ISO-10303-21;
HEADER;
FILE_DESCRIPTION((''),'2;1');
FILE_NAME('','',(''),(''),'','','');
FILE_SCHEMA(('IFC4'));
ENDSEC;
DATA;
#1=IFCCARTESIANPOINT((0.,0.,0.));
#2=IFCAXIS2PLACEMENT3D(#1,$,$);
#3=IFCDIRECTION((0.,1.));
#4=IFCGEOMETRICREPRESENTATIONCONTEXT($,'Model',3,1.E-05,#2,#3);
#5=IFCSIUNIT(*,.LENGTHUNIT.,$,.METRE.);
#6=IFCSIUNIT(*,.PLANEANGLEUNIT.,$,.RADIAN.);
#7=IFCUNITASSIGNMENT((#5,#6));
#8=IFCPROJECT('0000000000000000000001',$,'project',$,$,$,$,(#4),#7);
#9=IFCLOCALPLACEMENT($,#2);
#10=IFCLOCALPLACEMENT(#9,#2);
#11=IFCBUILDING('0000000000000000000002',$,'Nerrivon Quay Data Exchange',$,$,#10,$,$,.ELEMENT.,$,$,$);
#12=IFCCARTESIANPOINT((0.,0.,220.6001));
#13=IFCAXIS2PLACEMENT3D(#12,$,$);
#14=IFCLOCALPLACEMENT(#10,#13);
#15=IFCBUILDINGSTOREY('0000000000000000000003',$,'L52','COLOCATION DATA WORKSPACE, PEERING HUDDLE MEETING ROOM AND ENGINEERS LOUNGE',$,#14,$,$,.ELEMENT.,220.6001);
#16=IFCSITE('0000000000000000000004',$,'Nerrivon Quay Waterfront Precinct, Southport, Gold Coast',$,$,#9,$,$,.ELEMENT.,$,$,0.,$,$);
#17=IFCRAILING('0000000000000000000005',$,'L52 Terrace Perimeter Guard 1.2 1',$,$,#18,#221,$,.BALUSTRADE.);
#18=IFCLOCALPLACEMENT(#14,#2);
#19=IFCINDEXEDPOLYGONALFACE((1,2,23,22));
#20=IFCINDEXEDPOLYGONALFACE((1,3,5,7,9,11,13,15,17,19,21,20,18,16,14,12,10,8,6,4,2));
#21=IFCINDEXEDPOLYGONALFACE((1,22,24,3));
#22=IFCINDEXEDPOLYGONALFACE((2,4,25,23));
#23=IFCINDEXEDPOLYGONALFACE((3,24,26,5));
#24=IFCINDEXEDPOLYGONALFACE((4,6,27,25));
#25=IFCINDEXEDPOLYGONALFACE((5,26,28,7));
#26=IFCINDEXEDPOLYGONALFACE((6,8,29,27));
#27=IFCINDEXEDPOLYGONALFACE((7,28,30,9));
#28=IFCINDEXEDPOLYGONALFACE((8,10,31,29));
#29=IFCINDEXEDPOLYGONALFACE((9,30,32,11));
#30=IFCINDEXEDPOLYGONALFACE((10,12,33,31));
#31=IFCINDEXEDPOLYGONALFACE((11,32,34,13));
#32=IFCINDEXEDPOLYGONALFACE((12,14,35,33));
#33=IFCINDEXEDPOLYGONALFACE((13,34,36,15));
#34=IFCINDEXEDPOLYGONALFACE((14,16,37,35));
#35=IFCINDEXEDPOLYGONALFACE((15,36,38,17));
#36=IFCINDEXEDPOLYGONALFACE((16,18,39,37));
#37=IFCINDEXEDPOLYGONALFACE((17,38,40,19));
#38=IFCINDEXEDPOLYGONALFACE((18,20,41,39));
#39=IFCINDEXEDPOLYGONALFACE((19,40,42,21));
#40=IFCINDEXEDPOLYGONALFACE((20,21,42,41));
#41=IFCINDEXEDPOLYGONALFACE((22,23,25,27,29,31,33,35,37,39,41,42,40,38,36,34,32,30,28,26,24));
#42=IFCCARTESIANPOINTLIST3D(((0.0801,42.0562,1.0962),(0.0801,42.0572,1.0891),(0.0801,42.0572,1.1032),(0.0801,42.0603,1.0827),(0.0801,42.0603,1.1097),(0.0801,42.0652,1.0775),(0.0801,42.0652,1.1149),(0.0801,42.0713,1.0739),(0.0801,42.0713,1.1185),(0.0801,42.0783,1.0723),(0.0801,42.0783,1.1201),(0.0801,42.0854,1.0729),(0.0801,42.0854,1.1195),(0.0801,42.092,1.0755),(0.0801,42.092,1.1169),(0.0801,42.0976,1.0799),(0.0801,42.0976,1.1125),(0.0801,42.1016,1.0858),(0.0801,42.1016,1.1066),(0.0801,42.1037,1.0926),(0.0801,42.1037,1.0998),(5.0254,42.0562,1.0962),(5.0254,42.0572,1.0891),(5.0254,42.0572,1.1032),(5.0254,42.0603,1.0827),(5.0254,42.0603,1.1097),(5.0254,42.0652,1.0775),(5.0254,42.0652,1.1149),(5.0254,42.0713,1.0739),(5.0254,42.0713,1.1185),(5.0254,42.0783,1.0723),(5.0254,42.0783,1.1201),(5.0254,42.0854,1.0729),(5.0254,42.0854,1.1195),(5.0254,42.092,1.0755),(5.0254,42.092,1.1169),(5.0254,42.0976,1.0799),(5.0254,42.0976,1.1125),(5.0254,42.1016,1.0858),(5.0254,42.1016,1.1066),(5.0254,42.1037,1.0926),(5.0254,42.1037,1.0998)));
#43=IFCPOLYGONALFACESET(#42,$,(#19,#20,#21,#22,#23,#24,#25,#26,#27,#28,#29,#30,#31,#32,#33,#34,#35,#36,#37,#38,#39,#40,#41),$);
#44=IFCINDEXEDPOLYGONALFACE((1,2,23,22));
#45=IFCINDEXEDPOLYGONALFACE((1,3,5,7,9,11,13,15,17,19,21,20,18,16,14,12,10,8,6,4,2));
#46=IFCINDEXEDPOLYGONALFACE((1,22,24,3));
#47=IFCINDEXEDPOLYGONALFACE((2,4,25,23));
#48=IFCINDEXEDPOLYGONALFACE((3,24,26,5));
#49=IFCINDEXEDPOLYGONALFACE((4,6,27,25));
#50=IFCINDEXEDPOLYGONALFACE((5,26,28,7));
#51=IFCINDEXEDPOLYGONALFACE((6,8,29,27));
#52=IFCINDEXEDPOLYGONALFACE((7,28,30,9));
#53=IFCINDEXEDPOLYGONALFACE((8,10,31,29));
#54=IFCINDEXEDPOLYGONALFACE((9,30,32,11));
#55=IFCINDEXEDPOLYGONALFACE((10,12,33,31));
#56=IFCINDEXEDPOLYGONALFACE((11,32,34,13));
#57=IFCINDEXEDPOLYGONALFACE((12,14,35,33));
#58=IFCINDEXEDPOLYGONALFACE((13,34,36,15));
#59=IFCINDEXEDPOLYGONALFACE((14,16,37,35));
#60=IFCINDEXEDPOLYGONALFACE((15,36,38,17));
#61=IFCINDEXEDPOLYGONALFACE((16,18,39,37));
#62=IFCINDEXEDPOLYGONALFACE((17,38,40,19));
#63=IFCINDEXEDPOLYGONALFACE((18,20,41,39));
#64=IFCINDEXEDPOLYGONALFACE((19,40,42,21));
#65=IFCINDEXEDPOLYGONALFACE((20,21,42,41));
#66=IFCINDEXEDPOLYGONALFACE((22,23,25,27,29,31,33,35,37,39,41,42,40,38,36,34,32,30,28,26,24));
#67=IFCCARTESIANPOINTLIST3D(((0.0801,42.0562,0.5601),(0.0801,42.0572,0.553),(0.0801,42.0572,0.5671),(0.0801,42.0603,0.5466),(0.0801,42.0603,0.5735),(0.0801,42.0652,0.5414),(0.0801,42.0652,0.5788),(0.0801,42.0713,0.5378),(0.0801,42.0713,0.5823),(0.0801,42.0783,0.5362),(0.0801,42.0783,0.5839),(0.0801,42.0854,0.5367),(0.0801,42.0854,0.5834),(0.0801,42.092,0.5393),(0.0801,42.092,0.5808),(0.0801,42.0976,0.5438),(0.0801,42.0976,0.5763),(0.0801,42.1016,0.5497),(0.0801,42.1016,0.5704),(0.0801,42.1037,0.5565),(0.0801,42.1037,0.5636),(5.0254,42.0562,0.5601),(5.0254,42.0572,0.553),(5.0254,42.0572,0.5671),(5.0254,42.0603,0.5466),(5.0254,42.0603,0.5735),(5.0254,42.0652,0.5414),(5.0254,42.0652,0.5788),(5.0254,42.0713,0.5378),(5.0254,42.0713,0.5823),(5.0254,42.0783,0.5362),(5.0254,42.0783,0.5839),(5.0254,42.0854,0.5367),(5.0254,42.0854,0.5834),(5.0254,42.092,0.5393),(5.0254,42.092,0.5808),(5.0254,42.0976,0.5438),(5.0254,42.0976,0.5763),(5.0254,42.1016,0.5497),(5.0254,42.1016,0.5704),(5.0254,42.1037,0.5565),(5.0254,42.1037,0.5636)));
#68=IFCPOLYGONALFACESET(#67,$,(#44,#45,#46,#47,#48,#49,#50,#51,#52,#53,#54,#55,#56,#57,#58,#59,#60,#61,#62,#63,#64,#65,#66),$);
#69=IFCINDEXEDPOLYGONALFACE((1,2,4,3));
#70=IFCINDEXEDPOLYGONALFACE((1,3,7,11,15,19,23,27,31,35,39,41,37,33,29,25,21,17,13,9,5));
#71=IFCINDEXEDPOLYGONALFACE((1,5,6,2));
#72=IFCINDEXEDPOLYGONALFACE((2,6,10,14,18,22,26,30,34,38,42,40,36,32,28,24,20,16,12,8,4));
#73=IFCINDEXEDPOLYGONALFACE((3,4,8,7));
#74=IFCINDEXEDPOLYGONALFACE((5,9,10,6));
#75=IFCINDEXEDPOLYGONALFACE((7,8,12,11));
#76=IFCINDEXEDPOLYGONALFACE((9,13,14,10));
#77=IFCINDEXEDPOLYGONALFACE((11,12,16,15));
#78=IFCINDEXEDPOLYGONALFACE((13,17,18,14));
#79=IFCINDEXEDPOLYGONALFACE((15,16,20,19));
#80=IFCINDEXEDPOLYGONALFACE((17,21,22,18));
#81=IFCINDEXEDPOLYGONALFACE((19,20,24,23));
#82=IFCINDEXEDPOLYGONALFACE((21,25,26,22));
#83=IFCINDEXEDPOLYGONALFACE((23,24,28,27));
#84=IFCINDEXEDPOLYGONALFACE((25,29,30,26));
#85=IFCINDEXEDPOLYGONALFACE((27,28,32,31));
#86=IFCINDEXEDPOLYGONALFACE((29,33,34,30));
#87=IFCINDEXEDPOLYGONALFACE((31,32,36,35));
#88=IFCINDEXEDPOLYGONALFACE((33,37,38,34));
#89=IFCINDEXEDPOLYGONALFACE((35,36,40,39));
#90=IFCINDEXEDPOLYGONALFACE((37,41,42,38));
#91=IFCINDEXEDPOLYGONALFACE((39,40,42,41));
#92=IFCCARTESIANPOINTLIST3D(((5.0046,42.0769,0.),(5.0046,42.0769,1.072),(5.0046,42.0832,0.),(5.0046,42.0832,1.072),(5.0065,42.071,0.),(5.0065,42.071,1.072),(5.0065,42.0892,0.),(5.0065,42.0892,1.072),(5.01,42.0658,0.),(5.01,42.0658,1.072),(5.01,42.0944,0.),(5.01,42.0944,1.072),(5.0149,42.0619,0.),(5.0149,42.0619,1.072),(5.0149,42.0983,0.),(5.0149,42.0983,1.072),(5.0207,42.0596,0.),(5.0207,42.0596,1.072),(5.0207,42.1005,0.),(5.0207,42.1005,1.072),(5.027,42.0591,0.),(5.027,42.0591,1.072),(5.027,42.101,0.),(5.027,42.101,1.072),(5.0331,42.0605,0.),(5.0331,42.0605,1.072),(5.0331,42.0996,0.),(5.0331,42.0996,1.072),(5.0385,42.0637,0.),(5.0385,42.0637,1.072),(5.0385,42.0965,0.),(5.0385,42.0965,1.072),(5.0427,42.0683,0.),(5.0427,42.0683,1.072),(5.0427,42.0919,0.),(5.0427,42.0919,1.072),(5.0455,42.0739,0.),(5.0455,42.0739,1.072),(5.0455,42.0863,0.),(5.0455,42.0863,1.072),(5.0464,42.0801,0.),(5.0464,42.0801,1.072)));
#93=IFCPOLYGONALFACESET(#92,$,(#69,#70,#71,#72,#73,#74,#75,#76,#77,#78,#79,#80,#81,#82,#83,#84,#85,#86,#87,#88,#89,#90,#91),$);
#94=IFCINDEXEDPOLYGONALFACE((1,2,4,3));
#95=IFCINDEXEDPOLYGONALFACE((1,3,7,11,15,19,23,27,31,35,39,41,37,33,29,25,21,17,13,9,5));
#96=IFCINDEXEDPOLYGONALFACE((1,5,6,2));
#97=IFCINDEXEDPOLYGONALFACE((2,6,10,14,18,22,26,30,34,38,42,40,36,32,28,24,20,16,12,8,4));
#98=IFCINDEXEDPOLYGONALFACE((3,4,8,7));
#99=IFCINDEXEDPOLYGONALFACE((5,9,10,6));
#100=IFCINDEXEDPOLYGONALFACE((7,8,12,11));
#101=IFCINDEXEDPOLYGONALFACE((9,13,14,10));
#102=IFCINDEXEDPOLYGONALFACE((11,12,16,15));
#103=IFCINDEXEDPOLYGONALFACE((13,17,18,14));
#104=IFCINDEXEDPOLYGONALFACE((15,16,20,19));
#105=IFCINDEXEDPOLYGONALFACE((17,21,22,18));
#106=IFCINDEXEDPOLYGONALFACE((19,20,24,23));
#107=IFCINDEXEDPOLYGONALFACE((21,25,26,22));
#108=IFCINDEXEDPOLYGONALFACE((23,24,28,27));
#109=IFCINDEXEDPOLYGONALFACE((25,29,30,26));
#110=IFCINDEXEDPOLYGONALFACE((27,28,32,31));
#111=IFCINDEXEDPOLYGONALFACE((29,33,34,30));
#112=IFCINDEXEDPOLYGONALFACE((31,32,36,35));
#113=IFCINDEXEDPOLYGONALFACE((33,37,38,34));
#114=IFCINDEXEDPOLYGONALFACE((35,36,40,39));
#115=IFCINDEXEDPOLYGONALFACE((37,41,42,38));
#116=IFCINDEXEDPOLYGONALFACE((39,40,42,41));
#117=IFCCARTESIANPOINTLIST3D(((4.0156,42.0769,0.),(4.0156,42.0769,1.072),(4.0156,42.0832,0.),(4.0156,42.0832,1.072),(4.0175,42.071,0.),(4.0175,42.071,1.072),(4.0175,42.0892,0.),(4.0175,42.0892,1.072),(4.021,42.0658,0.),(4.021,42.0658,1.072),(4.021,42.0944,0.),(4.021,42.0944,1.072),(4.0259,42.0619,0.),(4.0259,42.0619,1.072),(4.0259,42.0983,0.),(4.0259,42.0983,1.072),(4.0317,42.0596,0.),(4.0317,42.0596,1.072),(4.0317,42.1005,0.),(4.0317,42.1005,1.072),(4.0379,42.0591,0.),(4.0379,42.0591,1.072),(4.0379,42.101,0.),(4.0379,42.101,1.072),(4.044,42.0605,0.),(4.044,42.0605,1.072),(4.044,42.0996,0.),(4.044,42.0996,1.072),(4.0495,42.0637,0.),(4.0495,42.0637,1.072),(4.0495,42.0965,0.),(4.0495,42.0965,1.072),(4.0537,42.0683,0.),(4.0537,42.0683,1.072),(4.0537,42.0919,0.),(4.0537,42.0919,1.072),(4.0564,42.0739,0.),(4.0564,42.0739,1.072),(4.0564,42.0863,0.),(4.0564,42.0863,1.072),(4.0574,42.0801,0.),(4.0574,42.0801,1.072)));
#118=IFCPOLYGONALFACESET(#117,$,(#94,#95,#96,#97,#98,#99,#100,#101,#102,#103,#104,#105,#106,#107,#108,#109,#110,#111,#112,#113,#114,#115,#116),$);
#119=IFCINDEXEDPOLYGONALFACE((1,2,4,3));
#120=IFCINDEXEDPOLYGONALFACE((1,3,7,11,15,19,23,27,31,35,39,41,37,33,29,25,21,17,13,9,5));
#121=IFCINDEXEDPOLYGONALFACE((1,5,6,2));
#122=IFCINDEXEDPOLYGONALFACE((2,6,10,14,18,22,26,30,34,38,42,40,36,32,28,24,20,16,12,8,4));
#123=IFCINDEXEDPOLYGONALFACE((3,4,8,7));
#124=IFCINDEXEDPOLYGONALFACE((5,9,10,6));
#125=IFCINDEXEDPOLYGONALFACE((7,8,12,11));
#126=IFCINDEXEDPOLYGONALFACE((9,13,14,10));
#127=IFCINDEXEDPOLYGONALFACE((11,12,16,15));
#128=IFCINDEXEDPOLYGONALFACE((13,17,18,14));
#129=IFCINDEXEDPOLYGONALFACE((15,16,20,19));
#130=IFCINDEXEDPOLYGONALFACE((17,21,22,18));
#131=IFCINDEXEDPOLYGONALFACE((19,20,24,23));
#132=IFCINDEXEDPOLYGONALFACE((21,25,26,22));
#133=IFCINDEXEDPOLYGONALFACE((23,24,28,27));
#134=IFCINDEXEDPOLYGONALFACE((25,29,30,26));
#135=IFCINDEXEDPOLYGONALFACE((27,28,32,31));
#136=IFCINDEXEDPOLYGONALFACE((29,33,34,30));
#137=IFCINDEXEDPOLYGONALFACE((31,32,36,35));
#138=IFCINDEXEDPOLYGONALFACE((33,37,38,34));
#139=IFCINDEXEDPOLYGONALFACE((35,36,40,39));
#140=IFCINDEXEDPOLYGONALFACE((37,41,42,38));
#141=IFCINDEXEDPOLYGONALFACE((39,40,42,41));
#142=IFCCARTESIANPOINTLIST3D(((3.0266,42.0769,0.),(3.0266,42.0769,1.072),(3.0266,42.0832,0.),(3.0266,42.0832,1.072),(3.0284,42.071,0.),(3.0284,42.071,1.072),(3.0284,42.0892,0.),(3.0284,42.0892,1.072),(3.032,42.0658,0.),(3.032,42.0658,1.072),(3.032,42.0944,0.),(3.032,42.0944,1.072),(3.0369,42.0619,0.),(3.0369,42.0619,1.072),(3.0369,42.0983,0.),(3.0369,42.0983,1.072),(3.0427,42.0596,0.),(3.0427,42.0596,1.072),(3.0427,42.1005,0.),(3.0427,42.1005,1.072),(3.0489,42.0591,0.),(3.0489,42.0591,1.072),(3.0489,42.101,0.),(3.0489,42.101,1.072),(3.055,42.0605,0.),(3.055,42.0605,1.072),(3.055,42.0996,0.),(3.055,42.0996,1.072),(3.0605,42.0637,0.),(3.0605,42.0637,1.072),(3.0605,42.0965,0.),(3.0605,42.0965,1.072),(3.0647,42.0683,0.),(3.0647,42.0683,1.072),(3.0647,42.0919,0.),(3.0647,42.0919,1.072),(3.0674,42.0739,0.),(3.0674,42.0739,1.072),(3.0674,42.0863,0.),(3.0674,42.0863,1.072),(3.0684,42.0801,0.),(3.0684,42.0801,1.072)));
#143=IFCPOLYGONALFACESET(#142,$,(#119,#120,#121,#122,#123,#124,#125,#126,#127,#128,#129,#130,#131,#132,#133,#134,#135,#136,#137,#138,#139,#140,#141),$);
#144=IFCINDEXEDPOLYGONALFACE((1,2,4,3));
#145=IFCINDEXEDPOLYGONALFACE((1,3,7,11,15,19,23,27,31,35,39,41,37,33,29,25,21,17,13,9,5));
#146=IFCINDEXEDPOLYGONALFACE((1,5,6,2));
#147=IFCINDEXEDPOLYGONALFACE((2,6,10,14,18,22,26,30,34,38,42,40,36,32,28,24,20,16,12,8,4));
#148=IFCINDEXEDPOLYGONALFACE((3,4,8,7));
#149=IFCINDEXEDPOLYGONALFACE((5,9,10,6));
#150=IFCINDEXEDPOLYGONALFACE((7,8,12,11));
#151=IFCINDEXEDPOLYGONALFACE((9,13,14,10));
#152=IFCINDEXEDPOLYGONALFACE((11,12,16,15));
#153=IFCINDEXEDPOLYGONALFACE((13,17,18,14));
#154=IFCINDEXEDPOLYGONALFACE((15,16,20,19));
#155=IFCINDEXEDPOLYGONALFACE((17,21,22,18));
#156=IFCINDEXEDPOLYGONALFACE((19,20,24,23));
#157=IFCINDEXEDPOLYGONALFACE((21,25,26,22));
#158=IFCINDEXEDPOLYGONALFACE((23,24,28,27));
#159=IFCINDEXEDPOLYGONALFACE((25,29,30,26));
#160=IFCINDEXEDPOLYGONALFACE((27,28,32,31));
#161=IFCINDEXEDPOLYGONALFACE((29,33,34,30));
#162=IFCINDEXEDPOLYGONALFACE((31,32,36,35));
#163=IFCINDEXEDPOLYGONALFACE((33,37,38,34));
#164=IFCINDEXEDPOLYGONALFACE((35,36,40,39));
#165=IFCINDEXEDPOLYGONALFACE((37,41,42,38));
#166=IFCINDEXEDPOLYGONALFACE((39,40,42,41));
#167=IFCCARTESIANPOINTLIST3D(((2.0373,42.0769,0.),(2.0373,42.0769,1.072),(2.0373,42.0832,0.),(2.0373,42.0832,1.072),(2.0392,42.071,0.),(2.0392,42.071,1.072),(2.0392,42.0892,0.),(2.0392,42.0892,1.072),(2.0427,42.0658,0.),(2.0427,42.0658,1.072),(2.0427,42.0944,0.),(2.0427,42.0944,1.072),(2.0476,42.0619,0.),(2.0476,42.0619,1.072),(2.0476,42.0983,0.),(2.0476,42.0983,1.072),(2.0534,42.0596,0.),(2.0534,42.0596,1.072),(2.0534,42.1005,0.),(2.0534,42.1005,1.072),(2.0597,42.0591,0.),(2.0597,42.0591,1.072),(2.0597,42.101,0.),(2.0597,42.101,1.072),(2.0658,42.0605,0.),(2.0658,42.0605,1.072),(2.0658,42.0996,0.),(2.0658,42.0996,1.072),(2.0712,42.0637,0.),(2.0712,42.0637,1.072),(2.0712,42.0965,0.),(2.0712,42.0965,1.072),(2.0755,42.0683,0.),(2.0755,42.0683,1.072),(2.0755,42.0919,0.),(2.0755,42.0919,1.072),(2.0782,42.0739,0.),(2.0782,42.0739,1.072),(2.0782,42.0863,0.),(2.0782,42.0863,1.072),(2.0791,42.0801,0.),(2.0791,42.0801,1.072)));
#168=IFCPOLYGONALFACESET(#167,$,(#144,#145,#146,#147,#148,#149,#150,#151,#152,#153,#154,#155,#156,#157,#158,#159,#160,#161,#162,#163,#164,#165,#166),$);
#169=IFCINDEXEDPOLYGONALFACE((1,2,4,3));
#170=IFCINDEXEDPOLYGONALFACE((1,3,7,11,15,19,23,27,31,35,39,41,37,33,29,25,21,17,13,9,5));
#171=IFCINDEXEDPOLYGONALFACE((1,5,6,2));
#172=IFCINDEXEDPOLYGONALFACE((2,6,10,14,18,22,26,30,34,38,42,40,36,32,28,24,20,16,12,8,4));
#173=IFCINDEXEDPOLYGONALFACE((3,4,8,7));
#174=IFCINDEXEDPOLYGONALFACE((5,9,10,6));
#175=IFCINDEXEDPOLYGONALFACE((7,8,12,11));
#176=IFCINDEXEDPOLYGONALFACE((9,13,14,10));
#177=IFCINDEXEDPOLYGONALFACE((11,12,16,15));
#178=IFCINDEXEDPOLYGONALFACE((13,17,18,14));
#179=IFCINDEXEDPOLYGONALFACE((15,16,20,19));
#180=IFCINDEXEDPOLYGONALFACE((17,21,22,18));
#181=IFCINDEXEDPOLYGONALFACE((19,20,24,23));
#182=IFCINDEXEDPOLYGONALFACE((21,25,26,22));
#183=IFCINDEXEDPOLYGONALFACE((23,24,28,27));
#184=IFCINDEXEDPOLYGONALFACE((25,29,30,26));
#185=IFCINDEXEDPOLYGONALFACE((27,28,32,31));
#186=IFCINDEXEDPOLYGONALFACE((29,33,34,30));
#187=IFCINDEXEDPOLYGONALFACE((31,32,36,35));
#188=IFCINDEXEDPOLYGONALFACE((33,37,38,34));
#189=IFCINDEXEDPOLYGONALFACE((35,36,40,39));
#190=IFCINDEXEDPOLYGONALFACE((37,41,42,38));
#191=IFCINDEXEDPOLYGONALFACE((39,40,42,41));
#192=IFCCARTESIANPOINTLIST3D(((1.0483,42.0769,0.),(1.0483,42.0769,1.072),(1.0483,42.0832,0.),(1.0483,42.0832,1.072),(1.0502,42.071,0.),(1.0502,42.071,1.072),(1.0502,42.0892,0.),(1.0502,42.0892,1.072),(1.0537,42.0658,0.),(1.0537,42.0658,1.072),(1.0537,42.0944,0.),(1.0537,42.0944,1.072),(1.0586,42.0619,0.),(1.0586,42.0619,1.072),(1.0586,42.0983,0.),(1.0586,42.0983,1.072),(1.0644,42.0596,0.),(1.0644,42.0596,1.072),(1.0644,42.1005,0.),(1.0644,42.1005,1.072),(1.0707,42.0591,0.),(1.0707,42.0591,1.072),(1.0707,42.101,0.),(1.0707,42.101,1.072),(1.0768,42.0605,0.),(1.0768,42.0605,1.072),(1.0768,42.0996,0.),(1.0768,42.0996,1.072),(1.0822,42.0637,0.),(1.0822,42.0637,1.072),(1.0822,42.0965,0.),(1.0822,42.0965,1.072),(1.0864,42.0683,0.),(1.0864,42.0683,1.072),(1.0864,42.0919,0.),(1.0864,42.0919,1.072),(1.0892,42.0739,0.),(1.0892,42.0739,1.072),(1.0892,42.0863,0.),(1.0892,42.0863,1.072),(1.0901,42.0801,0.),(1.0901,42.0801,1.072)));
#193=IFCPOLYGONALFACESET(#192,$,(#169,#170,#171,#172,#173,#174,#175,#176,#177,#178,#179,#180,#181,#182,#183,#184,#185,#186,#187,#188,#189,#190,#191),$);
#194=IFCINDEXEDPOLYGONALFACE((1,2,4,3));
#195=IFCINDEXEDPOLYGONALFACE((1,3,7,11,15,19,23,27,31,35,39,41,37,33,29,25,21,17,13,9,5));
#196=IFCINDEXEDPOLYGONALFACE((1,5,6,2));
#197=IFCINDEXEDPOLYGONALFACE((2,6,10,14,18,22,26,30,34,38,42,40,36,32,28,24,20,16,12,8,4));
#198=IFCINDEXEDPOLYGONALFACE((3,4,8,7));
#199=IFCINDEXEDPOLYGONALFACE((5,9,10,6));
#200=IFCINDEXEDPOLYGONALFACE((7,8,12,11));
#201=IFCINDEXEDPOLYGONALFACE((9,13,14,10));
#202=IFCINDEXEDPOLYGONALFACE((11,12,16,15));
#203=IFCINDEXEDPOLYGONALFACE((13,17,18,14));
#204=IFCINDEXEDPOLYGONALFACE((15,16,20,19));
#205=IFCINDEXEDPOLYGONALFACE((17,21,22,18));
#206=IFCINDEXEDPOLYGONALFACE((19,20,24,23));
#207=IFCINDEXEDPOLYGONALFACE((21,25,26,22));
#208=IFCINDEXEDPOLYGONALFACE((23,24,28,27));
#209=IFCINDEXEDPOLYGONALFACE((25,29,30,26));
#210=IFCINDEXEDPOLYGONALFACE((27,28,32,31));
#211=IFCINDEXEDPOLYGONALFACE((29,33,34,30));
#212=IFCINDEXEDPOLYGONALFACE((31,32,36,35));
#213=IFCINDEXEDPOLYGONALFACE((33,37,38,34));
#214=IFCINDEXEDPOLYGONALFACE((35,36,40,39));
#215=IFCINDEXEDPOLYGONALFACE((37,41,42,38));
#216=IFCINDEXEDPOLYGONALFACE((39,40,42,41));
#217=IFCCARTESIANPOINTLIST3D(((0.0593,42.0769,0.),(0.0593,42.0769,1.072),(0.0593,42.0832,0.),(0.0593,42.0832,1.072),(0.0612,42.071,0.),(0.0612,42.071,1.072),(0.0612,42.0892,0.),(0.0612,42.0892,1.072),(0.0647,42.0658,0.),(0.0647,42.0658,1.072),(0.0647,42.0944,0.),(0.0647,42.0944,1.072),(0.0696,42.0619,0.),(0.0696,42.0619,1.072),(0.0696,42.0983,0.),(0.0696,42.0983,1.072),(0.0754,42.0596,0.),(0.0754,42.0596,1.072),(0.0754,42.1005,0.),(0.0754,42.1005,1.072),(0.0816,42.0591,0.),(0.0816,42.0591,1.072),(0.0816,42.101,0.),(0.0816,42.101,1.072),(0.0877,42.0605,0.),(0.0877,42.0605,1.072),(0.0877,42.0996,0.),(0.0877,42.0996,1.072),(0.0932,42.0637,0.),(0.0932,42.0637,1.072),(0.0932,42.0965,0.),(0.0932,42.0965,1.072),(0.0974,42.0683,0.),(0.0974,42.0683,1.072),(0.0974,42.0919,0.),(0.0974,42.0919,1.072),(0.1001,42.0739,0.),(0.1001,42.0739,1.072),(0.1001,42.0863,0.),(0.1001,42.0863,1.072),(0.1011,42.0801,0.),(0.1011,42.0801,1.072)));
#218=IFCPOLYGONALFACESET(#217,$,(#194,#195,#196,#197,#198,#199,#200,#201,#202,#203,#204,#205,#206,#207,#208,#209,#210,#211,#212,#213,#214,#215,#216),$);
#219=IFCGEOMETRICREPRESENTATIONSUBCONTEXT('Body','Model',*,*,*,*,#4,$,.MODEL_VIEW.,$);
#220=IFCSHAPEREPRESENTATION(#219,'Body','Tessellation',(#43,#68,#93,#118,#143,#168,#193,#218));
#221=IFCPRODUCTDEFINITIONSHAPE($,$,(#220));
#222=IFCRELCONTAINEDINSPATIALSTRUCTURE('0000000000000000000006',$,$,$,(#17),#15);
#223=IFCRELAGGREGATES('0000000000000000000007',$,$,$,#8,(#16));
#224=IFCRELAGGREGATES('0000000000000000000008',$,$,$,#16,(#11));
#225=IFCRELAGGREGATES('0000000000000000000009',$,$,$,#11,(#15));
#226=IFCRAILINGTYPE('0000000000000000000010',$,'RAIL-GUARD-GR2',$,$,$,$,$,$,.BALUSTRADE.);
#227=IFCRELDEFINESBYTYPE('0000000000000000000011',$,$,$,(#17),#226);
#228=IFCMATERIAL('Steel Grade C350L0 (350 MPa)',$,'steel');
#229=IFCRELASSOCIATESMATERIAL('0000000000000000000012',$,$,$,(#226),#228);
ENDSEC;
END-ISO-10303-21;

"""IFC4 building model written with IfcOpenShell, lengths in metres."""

from ifc_helpers import new_model, si_unit, direction, frame, origin, origin_2d, place, context, subcontext, project, spatial, circle, extrude, material, type_object, element, save


model = new_model("IFC4")

# Units and contexts
model_context = context("Model", 3, precision=1e-05, world=origin(), true_north=direction((0.0, 1.0)))
body_context = subcontext(model_context, "Body", "Model", "MODEL_VIEW")
ifc_project = project(units=[si_unit("LENGTHUNIT", "METRE"), si_unit("PLANEANGLEUNIT", "RADIAN")], contexts=[model_context])

# Site, building, storey
site_placement = place(None, origin())
site = spatial("IfcSite", under=ifc_project, at=site_placement, Name="Nerrivon Quay Waterfront Precinct, Southport, Gold Coast", CompositionType="ELEMENT", RefElevation=0.0)
building_placement = place(site_placement, origin())
building = spatial("IfcBuilding", under=site, at=building_placement, Name="Nerrivon Quay Data Exchange", CompositionType="ELEMENT")
storey_placement = place(building_placement, frame((0.0, 0.0, 220.6001)))
storey = spatial("IfcBuildingStorey", under=building, at=storey_placement, Name="L52", Description="COLOCATION DATA WORKSPACE, PEERING HUDDLE MEETING ROOM AND ENGINEERS LOUNGE", CompositionType="ELEMENT", Elevation=220.6001)

# Railing
ifc_material_1 = material(Name="Steel Grade C350L0 (350 MPa)", Category="steel")
railing_type = type_object("IfcRailingType", Name="RAIL-GUARD-GR2", PredefinedType="BALUSTRADE", material=ifc_material_1)
railing_1_placement = place(storey_placement, frame((5.0254, 42.0801, 0.0)))
element("IfcRailing", 1, at=railing_1_placement, inside=storey, type_object=railing_type, Name="L52 Terrace Perimeter Guard 1.2 1", PredefinedType="BALUSTRADE", context=body_context, shape_type="SweptSolid", body=[
    extrude(circle(Radius=0.0239, at=origin_2d()), frame((0.0, 0.0, 1.0962), z_axis=(-1.0, 0.0, 0.0), x_axis=(0.0, -1.0, 0.0)), (0.0, 0.0, 1.0), 4.9453),
    extrude(circle(Radius=0.0239, at=origin_2d()), frame((0.0, 0.0, 0.5601), z_axis=(-1.0, 0.0, 0.0), x_axis=(0.0, -1.0, 0.0)), (0.0, 0.0, 1.0), 4.9453),
    extrude(circle(Radius=0.021, at=origin_2d()), origin(), (0.0, 0.0, 1.0), 1.072),
    extrude(circle(Radius=0.021, at=origin_2d()), frame((-0.989, 0.0, 0.0)), (0.0, 0.0, 1.0), 1.072),
    extrude(circle(Radius=0.021, at=origin_2d()), frame((-1.978, 0.0, 0.0)), (0.0, 0.0, 1.0), 1.072),
    extrude(circle(Radius=0.021, at=origin_2d()), frame((-2.9673, 0.0, 0.0)), (0.0, 0.0, 1.0), 1.072),
    extrude(circle(Radius=0.021, at=origin_2d()), frame((-3.9563, 0.0, 0.0)), (0.0, 0.0, 1.0), 1.072),
    extrude(circle(Radius=0.021, at=origin_2d()), frame((-4.9453, 0.0, 0.0)), (0.0, 0.0, 1.0), 1.072),
])

save(model, "model.ifc")
